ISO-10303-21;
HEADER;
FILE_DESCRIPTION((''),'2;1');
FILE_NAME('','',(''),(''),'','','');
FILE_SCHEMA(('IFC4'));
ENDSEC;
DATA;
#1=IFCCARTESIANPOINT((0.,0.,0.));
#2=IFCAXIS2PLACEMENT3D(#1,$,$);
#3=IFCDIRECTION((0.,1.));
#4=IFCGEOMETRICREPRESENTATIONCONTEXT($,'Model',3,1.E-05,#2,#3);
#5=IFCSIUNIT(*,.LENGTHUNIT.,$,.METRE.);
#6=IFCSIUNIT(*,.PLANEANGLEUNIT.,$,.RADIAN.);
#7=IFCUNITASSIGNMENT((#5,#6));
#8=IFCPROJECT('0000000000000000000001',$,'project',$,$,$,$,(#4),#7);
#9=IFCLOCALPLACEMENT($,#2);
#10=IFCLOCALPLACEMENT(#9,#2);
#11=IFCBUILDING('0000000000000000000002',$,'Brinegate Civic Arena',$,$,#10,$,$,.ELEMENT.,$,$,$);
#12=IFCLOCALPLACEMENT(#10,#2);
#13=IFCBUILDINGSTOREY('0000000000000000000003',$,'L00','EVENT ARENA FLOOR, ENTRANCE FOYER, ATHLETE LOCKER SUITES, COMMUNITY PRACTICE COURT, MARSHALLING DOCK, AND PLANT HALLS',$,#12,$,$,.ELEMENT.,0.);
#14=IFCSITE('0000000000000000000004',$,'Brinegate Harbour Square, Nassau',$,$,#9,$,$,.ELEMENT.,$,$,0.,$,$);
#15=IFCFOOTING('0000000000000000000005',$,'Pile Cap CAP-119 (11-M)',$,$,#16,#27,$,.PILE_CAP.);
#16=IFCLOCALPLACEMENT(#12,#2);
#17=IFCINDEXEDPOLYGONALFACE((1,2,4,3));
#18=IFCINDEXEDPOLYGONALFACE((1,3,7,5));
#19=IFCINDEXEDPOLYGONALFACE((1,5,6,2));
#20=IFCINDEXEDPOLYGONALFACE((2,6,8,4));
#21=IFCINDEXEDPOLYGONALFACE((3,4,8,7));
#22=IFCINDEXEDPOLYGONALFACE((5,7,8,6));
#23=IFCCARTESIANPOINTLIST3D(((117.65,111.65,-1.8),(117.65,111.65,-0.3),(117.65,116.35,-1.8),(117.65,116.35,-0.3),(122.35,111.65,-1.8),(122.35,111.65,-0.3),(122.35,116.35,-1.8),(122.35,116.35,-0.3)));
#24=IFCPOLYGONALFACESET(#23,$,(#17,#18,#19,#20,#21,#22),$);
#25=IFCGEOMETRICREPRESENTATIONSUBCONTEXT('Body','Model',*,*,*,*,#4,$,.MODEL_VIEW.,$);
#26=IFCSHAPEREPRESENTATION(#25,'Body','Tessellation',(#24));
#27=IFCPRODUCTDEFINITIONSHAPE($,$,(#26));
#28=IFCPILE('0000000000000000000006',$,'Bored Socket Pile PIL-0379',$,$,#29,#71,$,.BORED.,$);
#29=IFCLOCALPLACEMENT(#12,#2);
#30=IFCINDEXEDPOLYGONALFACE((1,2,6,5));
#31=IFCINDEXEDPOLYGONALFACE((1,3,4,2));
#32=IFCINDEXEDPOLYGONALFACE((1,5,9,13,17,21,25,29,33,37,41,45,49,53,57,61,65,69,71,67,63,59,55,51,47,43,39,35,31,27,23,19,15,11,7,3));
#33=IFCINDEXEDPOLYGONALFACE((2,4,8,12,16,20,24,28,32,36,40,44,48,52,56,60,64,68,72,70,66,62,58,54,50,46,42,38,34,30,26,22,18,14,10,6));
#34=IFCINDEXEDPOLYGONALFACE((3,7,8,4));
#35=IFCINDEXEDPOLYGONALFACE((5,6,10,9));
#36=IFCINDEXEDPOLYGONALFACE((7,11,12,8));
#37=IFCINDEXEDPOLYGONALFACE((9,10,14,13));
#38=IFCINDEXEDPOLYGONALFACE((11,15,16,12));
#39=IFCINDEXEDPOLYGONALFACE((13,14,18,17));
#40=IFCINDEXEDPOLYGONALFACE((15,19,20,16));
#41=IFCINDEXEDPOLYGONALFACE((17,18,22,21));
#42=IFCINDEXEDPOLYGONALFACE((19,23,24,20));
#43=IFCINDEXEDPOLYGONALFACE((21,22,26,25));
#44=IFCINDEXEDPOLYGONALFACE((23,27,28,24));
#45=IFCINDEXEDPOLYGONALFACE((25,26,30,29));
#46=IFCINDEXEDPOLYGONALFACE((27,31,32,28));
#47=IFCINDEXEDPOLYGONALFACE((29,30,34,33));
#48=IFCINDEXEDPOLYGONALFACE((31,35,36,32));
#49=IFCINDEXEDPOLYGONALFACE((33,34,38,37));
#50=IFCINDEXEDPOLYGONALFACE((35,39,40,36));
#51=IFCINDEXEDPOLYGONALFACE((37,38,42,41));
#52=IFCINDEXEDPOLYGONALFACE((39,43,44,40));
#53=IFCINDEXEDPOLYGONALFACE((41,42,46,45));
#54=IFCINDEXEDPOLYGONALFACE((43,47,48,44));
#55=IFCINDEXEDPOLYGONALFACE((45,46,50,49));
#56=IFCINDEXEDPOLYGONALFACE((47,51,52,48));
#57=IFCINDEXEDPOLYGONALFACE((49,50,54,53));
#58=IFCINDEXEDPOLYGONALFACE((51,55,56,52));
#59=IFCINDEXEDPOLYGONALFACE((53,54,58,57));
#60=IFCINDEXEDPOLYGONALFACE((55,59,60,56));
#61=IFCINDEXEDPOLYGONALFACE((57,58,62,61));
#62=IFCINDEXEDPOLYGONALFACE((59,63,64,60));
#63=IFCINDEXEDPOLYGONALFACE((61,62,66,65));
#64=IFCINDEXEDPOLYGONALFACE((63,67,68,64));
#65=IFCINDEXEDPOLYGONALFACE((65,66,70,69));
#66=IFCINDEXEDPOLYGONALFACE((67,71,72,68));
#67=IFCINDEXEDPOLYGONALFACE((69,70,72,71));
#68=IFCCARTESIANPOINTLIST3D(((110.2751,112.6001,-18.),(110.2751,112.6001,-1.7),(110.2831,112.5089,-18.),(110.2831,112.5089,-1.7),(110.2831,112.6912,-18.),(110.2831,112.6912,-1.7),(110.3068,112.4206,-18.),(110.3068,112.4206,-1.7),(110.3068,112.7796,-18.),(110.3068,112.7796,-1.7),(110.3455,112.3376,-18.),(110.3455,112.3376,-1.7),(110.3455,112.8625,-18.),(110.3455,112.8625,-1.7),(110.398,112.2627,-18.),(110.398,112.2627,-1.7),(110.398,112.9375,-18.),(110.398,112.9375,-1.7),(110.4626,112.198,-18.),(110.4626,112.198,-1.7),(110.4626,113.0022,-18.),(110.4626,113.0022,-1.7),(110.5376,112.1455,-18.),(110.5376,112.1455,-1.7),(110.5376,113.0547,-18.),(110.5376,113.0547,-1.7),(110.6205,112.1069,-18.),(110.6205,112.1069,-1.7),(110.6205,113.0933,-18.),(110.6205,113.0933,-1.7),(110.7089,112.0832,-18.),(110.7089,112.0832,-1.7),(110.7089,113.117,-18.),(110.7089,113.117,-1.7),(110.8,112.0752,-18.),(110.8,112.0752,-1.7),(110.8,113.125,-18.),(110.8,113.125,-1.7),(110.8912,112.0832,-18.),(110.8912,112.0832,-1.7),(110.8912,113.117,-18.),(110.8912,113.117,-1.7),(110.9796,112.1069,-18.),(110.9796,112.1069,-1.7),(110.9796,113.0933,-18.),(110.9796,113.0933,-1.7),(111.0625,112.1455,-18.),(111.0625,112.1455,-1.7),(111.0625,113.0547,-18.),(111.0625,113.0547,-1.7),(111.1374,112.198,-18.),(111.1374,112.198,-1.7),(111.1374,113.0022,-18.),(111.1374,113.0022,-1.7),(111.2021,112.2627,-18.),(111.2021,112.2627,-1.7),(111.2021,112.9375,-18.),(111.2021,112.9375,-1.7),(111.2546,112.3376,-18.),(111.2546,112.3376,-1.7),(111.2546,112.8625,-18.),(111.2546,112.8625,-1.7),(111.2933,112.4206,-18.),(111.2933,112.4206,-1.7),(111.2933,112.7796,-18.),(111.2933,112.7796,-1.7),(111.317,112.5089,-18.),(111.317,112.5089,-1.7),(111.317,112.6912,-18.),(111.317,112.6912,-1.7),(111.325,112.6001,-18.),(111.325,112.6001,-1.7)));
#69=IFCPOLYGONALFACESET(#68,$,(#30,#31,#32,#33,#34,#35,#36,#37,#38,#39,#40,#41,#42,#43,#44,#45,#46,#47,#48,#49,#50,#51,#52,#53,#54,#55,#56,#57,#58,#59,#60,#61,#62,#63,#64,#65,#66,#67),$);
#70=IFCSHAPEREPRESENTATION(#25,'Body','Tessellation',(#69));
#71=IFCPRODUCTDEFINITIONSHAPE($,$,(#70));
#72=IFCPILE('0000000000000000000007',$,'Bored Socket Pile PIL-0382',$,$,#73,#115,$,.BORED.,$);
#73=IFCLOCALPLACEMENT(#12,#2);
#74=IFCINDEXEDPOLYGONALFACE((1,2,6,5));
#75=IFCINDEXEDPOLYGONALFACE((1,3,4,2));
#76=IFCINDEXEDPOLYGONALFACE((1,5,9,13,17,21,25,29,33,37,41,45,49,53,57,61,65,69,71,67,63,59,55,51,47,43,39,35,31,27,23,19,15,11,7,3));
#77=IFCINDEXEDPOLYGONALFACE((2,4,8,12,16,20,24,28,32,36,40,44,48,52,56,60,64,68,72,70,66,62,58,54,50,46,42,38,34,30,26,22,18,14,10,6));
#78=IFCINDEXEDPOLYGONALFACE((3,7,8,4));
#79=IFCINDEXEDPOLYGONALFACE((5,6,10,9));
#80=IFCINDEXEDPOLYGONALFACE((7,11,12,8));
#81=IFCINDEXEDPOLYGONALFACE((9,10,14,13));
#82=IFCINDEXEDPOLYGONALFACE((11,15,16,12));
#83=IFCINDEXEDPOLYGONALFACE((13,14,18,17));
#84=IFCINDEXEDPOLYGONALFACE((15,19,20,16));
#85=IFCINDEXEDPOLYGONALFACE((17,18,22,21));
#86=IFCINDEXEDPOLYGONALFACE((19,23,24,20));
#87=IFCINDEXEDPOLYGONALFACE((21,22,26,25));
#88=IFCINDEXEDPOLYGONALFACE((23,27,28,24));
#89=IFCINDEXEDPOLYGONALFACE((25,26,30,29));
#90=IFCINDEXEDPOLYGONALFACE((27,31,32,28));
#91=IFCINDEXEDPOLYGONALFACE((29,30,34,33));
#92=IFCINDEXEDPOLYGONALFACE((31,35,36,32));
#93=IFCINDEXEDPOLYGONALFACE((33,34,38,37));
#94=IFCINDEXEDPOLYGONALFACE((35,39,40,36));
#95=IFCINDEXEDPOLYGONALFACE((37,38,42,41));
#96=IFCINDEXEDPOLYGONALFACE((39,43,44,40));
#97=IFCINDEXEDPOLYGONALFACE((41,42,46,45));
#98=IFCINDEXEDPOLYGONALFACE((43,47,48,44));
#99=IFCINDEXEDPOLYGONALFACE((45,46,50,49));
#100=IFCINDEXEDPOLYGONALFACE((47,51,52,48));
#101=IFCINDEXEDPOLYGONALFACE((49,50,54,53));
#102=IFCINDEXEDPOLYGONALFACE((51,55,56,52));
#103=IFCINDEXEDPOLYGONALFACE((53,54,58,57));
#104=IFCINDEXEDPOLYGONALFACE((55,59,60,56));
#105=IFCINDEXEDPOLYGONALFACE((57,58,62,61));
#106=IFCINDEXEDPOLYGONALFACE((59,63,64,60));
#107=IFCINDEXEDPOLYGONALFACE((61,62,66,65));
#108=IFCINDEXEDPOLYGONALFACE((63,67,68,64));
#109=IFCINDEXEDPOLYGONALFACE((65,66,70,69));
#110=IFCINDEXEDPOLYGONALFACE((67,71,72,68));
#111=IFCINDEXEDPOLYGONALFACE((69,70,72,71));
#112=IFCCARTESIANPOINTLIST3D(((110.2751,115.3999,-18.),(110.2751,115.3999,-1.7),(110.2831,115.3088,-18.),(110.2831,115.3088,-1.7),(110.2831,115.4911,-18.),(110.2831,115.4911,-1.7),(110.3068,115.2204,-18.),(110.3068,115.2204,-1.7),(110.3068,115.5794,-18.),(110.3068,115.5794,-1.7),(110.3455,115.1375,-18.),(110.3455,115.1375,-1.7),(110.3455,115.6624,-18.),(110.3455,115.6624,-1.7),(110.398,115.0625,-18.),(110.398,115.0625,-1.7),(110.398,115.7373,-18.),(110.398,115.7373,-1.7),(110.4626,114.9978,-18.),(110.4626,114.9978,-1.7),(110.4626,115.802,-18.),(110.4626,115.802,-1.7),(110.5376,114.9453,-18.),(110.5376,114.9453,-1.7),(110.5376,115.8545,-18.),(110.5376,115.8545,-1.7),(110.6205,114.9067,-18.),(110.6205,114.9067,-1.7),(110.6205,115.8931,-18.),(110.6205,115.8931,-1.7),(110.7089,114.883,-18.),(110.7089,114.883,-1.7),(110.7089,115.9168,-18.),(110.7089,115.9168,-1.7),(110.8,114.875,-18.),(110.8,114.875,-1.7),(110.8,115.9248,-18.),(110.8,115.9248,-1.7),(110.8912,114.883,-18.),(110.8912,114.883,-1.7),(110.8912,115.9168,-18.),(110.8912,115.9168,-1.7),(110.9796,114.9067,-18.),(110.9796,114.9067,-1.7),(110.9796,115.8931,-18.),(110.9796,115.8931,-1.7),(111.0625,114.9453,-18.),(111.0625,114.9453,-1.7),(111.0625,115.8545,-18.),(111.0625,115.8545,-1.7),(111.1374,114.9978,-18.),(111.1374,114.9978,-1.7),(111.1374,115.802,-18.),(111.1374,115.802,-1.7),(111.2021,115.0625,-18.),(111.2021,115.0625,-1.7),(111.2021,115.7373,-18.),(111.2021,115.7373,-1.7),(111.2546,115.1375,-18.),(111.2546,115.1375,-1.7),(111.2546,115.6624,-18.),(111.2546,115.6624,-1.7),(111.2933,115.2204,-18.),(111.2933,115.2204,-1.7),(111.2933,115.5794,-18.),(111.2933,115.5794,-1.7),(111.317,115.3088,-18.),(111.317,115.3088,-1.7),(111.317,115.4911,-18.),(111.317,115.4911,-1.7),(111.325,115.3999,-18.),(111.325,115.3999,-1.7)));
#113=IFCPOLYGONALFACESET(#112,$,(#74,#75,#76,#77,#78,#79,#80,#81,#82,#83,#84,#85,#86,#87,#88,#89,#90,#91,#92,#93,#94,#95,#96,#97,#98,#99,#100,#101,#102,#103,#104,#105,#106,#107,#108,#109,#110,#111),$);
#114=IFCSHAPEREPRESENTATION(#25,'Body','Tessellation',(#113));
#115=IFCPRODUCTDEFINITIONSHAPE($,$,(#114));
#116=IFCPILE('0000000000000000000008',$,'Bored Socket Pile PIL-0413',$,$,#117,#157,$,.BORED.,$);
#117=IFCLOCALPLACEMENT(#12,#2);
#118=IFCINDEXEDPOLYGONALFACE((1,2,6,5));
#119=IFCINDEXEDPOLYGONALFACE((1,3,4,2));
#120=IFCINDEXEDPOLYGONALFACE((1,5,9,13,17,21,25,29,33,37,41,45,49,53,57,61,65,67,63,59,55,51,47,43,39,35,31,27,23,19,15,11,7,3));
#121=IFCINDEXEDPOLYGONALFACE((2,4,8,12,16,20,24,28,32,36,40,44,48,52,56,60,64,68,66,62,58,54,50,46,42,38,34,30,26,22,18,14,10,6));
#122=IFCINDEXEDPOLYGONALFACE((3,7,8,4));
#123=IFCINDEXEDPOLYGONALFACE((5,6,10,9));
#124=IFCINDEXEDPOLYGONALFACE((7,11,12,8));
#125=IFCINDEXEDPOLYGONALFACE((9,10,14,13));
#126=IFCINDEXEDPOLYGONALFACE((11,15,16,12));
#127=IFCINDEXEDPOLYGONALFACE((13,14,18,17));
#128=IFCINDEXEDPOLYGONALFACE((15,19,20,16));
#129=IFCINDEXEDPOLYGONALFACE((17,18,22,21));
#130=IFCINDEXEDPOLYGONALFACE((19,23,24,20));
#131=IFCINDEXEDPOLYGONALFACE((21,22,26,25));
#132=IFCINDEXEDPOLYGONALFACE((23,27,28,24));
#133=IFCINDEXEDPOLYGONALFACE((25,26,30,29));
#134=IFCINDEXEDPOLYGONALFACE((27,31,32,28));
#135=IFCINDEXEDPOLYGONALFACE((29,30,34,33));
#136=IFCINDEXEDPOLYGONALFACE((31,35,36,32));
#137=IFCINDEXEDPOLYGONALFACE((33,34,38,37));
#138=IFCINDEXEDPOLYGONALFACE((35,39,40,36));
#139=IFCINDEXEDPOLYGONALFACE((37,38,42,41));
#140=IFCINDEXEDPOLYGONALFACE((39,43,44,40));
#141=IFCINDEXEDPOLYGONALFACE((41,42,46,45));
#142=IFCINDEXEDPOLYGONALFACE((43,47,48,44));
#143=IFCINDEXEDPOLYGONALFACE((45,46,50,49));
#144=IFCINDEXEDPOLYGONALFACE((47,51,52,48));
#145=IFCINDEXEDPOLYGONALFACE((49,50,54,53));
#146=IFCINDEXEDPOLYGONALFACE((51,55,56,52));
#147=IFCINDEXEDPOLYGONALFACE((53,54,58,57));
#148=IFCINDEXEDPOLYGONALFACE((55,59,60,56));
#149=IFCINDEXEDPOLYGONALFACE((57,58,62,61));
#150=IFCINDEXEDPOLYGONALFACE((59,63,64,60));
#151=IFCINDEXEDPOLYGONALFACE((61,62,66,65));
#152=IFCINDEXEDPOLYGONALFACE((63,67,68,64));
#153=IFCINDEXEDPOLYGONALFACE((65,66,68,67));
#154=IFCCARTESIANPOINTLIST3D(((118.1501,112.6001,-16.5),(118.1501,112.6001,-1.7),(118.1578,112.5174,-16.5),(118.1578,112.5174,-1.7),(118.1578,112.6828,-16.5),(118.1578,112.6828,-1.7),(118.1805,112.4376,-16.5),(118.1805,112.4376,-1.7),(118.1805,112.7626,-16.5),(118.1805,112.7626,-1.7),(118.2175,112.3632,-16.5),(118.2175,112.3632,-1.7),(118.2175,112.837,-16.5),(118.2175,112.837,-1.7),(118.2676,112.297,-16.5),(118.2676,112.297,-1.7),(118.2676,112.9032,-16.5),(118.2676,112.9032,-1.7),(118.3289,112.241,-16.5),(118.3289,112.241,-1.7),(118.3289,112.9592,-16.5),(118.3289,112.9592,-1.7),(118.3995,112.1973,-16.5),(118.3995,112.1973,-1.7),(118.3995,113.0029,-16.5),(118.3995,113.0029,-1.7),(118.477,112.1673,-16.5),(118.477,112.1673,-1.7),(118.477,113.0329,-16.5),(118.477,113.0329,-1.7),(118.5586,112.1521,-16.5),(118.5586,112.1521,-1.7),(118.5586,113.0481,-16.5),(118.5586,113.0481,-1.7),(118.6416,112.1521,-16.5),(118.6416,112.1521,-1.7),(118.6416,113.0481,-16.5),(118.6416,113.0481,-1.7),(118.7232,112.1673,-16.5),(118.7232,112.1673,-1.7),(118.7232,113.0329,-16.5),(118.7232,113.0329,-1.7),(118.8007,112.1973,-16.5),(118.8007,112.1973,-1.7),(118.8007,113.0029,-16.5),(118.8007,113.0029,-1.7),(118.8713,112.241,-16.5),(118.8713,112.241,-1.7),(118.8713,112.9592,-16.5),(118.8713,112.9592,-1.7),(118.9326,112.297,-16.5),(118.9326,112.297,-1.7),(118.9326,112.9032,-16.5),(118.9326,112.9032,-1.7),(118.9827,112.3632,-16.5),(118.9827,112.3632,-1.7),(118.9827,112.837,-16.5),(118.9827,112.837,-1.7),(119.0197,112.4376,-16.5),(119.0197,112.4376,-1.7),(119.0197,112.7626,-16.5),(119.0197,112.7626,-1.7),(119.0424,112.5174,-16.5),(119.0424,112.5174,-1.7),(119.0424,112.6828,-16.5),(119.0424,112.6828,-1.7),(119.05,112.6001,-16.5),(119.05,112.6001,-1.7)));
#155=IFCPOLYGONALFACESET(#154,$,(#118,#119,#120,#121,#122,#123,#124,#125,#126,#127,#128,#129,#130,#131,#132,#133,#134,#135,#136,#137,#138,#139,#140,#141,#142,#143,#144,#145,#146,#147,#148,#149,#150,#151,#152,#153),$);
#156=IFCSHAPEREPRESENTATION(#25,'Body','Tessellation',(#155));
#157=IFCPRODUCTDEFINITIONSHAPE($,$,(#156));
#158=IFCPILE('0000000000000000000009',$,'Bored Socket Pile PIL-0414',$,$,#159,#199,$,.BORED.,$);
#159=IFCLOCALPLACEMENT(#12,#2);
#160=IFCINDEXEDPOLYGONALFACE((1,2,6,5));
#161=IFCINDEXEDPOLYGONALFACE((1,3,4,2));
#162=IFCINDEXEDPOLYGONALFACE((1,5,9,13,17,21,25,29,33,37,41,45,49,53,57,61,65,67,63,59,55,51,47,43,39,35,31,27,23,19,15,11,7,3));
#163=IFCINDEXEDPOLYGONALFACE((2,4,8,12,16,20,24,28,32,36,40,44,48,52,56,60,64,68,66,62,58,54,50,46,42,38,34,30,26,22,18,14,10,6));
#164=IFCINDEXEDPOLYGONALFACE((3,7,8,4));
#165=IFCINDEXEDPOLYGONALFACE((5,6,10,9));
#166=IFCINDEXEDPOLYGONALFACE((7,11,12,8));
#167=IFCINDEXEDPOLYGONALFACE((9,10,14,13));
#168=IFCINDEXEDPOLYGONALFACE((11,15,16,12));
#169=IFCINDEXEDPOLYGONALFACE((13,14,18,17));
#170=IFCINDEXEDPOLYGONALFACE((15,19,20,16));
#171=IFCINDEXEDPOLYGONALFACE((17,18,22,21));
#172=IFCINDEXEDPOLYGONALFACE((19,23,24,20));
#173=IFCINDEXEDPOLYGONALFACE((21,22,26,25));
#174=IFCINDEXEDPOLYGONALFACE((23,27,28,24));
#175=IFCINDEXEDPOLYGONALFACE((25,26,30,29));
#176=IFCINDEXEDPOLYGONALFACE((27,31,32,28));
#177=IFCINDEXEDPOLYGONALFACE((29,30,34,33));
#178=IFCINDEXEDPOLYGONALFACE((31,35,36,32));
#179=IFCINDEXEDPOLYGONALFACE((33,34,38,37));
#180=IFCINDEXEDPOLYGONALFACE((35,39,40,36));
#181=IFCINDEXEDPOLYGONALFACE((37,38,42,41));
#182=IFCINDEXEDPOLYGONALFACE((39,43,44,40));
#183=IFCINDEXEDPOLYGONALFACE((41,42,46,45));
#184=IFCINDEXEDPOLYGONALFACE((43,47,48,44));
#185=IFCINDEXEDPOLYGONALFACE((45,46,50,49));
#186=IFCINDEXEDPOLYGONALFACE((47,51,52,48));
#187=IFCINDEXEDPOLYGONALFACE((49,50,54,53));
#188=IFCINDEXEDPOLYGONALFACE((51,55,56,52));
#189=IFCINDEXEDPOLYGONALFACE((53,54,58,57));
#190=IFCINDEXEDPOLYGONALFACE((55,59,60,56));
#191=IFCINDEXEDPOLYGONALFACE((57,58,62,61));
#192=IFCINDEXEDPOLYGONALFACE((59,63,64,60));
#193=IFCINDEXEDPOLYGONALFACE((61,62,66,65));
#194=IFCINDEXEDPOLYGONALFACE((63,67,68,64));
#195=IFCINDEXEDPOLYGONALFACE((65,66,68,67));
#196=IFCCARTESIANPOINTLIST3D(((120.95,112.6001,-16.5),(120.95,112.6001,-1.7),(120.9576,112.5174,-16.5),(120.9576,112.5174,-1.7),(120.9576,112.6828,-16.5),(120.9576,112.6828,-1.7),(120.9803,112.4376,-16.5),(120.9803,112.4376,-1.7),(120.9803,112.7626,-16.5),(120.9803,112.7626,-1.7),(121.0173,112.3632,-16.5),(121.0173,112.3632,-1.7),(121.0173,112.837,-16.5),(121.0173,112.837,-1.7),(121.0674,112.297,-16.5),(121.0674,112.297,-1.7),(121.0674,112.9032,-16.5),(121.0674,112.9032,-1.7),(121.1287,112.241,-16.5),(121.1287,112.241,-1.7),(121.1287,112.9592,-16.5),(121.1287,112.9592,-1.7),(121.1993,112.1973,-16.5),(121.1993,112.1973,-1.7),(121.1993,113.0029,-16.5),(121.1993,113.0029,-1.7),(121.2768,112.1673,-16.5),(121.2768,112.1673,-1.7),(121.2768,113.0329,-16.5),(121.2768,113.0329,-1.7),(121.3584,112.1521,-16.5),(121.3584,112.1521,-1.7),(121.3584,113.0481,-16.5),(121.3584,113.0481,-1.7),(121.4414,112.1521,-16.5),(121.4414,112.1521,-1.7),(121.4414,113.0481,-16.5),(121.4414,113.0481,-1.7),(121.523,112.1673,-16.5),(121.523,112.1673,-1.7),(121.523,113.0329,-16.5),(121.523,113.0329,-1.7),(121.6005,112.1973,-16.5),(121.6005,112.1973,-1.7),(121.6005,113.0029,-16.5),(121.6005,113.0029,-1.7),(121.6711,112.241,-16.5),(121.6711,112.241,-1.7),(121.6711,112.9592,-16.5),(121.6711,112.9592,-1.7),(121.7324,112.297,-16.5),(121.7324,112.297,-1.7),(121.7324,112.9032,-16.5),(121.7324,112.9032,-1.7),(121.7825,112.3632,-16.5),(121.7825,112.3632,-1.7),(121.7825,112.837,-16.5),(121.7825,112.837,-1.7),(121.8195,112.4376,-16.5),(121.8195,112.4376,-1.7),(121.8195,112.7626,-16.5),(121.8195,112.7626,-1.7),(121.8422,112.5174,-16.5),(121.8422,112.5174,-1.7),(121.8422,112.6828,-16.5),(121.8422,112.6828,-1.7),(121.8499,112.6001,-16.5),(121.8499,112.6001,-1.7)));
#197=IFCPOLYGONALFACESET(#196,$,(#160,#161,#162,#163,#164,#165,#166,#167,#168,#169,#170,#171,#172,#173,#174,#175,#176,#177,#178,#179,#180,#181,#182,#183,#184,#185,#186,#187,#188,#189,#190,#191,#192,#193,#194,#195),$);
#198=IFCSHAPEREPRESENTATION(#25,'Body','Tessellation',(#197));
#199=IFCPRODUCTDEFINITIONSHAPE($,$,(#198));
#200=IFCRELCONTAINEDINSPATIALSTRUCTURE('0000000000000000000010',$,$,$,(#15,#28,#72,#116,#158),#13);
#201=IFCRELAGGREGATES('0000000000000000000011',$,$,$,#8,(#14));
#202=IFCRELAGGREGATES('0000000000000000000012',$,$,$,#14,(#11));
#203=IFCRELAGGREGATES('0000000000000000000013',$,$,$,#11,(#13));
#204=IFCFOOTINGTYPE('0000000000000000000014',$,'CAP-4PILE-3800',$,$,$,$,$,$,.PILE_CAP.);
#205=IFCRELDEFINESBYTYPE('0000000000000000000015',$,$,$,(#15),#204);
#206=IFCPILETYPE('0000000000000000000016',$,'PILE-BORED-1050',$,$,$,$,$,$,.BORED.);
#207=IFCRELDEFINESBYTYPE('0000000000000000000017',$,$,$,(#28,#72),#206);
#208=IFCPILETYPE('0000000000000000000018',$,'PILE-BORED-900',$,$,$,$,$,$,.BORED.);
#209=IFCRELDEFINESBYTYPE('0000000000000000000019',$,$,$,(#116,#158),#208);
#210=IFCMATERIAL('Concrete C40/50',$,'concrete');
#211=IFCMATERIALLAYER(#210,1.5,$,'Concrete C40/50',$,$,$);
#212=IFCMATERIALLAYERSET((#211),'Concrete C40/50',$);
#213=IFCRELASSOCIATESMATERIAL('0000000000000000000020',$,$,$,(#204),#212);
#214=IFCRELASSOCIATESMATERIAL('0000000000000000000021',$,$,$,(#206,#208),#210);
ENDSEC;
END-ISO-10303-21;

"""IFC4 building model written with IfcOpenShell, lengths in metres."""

from ifc_helpers import new_model, si_unit, direction, frame, origin, origin_2d, place, context, subcontext, project, spatial, rectangle, circle, extrude, material, layer, layer_set, material_profile, profile_set, type_object, element, save


model = new_model("IFC4")

# Units and contexts
model_context = context("Model", 3, precision=1e-05, world=origin(), true_north=direction((0.0, 1.0)))
body_context = subcontext(model_context, "Body", "Model", "MODEL_VIEW")
ifc_project = project(units=[si_unit("LENGTHUNIT", "METRE"), si_unit("PLANEANGLEUNIT", "RADIAN")], contexts=[model_context])

# Site, building, storey
site_placement = place(None, origin())
site = spatial("IfcSite", under=ifc_project, at=site_placement, Name="Brinegate Harbour Square, Nassau", CompositionType="ELEMENT", RefElevation=0.0)
building_placement = place(site_placement, origin())
building = spatial("IfcBuilding", under=site, at=building_placement, Name="Brinegate Civic Arena", CompositionType="ELEMENT")
storey_placement = place(building_placement, origin())
storey = spatial("IfcBuildingStorey", under=building, at=storey_placement, Name="L00", Description="EVENT ARENA FLOOR, ENTRANCE FOYER, ATHLETE LOCKER SUITES, COMMUNITY PRACTICE COURT, MARSHALLING DOCK, AND PLANT HALLS", CompositionType="ELEMENT", Elevation=0.0)

# Footing
ifc_material_1 = material(Name="Concrete C40/50", Category="concrete")
ifc_layer_1 = layer(ifc_material_1, 1.5, Name="Concrete C40/50")
ifc_layer_set_1 = layer_set([ifc_layer_1], Name="Concrete C40/50")
footing_type_1 = type_object("IfcFootingType", Name="CAP-4PILE-3800", PredefinedType="PILE_CAP", material=ifc_layer_set_1)
footing_1_placement = place(storey_placement, frame((120.0, 114.0, -1.8), z_axis=(0.0, 0.0, 1.0), x_axis=(1.0, 0.0, 0.0)))
element("IfcFooting", 1, at=footing_1_placement, inside=storey, type_object=footing_type_1, Name="Pile Cap CAP-119 (11-M)", PredefinedType="PILE_CAP", context=body_context, shape_type="SweptSolid", body=[
    extrude(rectangle(XDim=4.7, YDim=4.7, at=origin_2d()), origin(), (0.0, 0.0, 1.0), 1.5),
])

# Piles
ifc_material_profile_1 = material_profile(ifc_material_1, circle(Radius=0.5249, at=origin_2d()), Name="PILED1050")
ifc_profile_set_1 = profile_set([ifc_material_profile_1], Name="Concrete C40/50")
pile_type_1 = type_object("IfcPileType", Name="PILE-BORED-1050", PredefinedType="BORED", material=ifc_profile_set_1)
for number, where, z_axis, x_axis, name in (
    (2, (110.8, 112.6001, -1.7), (0.0, 0.0, -1.0), (1.0, 0.0, 0.0), "Bored Socket Pile PIL-0379"),
    (3, (110.8, 115.3999, -1.7), (0.0, 0.0, -1.0), (1.0, 0.0, 0.0), "Bored Socket Pile PIL-0382"),
):
    element("IfcPile", number, at=place(storey_placement, frame(where, z_axis=z_axis, x_axis=x_axis)), inside=storey, type_object=pile_type_1, Name=name, PredefinedType="BORED", context=body_context, shape_type="SweptSolid", body=[
        extrude(circle(Radius=0.5249, at=origin_2d()), origin(), (0.0, 0.0, 1.0), 16.3),
    ])
ifc_material_profile_2 = material_profile(ifc_material_1, circle(Radius=0.45, at=origin_2d()), Name="PILED900")
ifc_profile_set_2 = profile_set([ifc_material_profile_2], Name="Concrete C40/50")
pile_type_2 = type_object("IfcPileType", Name="PILE-BORED-900", PredefinedType="BORED", material=ifc_profile_set_2)
for number, where, z_axis, x_axis, name in (
    (4, (118.6001, 112.6001, -1.7), (0.0, 0.0, -1.0), (1.0, 0.0, 0.0), "Bored Socket Pile PIL-0413"),
    (5, (121.3999, 112.6001, -1.7), (0.0, 0.0, -1.0), (1.0, 0.0, 0.0), "Bored Socket Pile PIL-0414"),
):
    element("IfcPile", number, at=place(storey_placement, frame(where, z_axis=z_axis, x_axis=x_axis)), inside=storey, type_object=pile_type_2, Name=name, PredefinedType="BORED", context=body_context, shape_type="SweptSolid", body=[
        extrude(circle(Radius=0.45, at=origin_2d()), origin(), (0.0, 0.0, 1.0), 14.8),
    ])

save(model, "model.ifc")
